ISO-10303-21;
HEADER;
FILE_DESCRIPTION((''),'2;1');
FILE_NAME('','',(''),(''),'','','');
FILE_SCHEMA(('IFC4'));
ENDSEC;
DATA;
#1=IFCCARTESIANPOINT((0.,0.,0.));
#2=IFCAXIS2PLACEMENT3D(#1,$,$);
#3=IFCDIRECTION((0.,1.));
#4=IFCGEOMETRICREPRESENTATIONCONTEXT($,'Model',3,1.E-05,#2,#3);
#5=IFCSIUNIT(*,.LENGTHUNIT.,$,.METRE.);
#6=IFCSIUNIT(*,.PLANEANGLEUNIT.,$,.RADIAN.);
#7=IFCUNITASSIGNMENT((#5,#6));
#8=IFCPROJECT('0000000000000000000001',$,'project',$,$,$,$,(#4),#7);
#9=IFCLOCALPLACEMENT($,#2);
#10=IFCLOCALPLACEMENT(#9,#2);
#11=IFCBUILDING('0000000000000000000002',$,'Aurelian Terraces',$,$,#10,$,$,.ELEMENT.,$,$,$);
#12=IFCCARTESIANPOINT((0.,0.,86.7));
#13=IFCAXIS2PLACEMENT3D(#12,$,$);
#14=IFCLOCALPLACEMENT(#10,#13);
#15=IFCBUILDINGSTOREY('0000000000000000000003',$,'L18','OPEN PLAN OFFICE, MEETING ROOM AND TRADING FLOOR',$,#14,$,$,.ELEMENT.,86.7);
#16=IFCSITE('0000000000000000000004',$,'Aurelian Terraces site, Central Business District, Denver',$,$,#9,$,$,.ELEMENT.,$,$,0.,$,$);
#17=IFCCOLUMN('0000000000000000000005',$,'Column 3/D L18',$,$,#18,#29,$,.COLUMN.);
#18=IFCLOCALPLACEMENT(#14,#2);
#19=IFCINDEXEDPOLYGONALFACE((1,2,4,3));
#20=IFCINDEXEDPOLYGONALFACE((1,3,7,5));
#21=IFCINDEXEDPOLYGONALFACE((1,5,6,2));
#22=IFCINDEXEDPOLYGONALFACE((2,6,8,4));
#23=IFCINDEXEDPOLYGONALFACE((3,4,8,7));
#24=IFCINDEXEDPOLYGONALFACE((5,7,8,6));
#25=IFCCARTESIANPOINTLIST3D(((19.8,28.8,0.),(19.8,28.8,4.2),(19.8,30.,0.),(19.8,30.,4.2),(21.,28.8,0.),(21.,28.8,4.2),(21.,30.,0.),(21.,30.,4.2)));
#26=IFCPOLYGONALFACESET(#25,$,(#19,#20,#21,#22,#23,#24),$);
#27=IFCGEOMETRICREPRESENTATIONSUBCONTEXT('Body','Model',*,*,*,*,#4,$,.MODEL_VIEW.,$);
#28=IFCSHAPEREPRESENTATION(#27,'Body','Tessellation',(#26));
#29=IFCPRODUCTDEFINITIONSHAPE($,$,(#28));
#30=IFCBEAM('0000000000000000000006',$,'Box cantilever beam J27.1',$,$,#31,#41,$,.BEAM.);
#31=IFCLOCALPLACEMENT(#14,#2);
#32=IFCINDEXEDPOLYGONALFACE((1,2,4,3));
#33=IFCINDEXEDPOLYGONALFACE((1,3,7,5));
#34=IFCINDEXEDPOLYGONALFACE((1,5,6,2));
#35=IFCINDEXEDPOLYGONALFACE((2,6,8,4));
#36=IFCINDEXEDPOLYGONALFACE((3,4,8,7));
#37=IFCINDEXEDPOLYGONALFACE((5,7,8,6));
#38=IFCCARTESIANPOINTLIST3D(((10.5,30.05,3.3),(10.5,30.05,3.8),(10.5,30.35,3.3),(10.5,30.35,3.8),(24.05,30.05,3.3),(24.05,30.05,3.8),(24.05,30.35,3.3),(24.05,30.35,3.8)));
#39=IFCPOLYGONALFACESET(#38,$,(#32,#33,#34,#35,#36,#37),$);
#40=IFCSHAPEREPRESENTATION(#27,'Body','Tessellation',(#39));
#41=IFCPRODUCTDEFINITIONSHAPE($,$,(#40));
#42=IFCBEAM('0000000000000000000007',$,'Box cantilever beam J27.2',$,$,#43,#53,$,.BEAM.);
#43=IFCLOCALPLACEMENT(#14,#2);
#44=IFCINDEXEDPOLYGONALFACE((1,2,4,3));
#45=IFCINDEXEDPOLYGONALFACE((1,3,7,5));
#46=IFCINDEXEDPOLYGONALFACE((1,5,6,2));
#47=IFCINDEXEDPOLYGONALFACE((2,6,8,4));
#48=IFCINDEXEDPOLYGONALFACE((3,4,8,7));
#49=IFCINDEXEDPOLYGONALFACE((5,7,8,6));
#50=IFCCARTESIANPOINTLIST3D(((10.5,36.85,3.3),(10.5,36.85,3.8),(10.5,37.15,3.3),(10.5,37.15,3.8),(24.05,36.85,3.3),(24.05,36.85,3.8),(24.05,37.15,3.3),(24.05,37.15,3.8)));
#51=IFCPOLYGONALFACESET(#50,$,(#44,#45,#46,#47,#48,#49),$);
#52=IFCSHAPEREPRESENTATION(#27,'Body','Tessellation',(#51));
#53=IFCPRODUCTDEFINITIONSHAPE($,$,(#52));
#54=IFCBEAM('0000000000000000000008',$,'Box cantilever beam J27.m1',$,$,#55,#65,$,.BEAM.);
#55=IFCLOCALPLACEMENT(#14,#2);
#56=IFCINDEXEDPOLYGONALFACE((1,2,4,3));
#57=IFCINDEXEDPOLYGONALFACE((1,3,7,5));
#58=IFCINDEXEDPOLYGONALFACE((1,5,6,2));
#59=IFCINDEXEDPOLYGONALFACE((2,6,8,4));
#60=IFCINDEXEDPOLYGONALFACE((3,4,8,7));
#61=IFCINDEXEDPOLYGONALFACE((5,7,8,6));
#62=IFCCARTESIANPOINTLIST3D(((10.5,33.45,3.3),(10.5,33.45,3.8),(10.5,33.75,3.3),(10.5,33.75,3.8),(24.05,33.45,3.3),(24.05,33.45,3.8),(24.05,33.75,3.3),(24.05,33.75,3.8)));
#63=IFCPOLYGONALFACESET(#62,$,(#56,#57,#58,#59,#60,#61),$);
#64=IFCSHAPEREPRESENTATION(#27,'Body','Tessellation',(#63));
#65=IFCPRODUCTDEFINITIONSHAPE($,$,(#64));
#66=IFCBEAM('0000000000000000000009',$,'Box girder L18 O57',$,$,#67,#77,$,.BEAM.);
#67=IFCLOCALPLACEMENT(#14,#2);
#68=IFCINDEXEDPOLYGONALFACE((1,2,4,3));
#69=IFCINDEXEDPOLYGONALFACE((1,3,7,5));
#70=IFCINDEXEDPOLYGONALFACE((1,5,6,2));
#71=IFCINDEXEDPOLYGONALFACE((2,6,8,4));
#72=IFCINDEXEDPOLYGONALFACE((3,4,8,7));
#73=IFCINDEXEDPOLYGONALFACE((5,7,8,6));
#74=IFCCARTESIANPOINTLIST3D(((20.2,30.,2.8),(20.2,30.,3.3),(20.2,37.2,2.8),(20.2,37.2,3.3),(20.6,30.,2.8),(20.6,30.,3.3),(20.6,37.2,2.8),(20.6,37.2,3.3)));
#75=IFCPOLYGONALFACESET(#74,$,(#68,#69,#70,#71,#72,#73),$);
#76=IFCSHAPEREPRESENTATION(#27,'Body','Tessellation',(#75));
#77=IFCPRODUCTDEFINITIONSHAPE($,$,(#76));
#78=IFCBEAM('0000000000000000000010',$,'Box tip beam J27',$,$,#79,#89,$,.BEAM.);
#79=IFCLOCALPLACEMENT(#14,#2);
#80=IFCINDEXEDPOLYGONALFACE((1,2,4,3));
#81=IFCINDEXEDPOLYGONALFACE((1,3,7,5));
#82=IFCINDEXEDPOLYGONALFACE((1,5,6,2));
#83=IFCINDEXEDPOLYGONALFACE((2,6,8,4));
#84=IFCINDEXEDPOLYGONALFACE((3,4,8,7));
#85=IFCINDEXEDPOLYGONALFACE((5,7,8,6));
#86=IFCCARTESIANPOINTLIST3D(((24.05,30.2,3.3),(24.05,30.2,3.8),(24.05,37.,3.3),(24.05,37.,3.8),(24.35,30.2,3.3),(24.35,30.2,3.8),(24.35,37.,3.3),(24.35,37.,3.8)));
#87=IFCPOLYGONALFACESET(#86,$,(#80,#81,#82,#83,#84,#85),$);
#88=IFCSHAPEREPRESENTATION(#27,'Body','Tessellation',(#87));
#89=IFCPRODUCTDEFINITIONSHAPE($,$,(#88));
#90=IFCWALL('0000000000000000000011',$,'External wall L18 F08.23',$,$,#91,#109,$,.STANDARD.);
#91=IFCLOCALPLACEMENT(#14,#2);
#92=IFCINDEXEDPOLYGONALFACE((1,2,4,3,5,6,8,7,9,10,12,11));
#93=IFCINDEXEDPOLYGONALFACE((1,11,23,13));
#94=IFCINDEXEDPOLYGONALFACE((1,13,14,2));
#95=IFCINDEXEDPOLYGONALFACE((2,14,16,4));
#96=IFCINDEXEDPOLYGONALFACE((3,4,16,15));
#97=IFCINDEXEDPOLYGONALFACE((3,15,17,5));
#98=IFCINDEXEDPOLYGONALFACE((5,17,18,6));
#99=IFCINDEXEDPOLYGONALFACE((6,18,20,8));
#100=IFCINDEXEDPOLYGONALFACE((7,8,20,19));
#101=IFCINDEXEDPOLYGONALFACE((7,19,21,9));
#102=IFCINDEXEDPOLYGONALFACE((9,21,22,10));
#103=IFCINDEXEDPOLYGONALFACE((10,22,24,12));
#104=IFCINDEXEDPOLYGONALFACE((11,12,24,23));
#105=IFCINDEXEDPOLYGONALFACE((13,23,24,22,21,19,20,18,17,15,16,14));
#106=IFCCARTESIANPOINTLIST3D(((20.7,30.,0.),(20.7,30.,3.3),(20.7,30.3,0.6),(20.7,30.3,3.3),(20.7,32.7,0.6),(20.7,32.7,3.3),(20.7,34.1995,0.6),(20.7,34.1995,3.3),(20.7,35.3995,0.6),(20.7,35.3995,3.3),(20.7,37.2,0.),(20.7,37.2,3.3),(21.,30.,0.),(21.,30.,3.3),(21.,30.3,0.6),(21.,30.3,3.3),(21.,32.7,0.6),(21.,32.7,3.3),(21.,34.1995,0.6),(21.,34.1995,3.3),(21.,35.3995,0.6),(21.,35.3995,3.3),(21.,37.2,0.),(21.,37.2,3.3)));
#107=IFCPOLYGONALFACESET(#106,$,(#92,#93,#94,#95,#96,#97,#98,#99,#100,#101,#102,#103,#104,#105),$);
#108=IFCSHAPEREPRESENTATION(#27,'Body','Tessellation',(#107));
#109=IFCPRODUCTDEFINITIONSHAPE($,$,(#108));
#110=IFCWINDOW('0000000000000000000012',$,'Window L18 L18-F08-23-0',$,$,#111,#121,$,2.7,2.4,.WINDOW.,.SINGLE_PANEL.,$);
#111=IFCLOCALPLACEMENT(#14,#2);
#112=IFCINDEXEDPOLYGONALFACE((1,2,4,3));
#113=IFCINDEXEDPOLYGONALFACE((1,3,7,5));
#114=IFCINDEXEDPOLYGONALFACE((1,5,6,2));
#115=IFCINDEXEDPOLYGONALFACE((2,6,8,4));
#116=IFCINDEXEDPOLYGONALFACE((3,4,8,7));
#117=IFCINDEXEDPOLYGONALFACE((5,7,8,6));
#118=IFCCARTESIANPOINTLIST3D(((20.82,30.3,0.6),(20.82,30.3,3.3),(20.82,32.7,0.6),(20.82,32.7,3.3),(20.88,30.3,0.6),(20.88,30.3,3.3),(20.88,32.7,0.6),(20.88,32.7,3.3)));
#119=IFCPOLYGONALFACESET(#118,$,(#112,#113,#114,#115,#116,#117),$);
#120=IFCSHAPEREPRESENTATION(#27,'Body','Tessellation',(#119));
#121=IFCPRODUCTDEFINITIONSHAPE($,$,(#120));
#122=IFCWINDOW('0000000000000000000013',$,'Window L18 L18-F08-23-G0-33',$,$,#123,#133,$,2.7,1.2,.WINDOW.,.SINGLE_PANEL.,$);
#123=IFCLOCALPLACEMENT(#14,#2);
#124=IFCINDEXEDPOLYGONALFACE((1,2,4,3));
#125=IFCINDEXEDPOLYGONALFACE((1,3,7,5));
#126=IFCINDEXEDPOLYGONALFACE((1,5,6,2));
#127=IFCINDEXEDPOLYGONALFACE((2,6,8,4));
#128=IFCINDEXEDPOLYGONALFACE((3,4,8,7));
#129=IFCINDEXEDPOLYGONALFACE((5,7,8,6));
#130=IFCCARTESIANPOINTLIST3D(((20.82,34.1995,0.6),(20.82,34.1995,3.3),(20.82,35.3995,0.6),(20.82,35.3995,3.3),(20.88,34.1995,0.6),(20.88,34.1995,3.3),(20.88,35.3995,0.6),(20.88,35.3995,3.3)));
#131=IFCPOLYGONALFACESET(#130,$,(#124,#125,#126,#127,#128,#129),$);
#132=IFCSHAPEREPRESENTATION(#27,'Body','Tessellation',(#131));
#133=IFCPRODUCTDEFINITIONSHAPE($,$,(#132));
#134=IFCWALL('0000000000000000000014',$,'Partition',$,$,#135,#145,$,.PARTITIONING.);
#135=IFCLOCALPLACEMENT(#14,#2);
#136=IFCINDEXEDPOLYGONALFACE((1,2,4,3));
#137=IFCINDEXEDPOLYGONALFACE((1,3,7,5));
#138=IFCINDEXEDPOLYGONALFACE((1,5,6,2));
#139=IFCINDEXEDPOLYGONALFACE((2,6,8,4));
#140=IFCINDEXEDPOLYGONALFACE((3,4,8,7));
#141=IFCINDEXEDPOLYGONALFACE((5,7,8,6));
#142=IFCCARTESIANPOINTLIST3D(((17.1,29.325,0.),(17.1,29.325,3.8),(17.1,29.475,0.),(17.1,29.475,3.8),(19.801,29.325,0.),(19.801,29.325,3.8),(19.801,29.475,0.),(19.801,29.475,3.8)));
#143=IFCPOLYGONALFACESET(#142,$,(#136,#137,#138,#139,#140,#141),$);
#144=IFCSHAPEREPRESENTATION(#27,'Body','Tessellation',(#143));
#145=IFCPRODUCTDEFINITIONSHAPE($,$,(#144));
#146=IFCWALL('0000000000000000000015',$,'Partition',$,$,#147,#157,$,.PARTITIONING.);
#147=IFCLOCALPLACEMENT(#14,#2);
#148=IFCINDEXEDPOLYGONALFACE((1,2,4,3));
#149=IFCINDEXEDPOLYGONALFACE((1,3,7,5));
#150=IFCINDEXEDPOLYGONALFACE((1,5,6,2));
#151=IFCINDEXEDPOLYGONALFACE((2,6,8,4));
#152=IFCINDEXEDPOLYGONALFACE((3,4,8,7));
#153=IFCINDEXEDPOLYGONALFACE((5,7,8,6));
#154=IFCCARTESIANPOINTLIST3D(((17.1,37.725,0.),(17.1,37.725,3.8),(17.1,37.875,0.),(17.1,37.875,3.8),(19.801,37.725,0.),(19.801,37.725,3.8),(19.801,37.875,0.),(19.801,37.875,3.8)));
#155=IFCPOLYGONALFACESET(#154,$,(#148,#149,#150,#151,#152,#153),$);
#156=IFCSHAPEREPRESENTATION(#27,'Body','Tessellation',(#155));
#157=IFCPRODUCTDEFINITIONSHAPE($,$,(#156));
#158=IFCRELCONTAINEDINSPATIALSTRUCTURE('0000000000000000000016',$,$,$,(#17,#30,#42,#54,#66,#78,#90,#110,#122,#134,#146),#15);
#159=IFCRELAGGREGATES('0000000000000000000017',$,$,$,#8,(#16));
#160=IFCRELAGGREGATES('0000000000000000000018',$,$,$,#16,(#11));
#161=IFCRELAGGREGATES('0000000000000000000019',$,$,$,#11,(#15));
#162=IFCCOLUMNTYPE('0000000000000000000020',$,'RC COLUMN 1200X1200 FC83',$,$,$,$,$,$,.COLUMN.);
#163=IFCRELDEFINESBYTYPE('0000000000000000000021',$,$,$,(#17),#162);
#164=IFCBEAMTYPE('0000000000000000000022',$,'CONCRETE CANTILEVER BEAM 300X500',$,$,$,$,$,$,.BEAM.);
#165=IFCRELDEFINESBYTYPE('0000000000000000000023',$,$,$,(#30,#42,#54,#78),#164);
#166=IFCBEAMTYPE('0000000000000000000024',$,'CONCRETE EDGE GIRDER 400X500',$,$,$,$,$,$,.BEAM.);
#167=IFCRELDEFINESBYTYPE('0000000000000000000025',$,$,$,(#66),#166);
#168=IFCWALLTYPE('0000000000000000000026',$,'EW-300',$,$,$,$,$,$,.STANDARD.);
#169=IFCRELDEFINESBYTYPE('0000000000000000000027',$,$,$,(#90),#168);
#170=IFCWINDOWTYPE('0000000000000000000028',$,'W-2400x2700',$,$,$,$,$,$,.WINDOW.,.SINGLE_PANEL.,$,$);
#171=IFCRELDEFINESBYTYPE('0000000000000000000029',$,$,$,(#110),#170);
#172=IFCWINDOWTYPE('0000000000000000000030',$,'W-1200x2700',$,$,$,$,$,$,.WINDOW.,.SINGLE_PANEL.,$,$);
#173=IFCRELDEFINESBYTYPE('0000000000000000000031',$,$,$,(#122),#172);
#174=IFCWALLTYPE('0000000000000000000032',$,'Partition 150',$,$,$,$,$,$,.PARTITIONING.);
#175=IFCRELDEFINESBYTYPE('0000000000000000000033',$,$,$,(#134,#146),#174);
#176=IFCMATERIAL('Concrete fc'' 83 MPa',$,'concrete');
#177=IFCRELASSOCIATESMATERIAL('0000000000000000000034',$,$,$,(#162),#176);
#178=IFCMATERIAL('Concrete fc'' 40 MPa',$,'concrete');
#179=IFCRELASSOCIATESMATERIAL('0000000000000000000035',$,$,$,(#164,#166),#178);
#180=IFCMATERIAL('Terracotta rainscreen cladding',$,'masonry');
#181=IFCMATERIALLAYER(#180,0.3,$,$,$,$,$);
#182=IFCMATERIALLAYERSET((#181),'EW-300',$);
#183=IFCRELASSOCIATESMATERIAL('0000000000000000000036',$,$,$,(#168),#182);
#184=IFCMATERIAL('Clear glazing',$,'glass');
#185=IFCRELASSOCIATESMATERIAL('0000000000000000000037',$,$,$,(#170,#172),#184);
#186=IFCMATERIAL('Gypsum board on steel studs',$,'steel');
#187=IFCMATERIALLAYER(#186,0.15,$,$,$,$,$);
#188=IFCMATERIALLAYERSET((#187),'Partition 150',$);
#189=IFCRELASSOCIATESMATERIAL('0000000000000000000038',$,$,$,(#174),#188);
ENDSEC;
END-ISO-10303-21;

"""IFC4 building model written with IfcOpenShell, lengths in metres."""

from ifc_helpers import new_model, si_unit, direction, frame, frame_2d, origin, origin_2d, place, context, subcontext, project, spatial, rectangle, extrude, source, transform, mapped, material, layer, layer_set, material_profile, profile_set, type_object, element, fill, save


model = new_model("IFC4")

# Units and contexts
model_context = context("Model", 3, precision=1e-05, world=origin(), true_north=direction((0.0, 1.0)))
body_context = subcontext(model_context, "Body", "Model", "MODEL_VIEW")
ifc_project = project(units=[si_unit("LENGTHUNIT", "METRE"), si_unit("PLANEANGLEUNIT", "RADIAN")], contexts=[model_context])

# Site, building, storey
site_placement = place(None, origin())
site = spatial("IfcSite", under=ifc_project, at=site_placement, Name="Aurelian Terraces site, Central Business District, Denver", CompositionType="ELEMENT", RefElevation=0.0)
building_placement = place(site_placement, origin())
building = spatial("IfcBuilding", under=site, at=building_placement, Name="Aurelian Terraces", CompositionType="ELEMENT")
storey_placement = place(building_placement, frame((0.0, 0.0, 86.7)))
storey = spatial("IfcBuildingStorey", under=building, at=storey_placement, Name="L18", Description="OPEN PLAN OFFICE, MEETING ROOM AND TRADING FLOOR", CompositionType="ELEMENT", Elevation=86.7)

# Column
ifc_material_1 = material(Name="Concrete fc' 83 MPa", Category="concrete")
ifc_material_profile_1 = material_profile(ifc_material_1, rectangle(XDim=1.2, YDim=1.2, at=origin_2d()))
ifc_profile_set_1 = profile_set([ifc_material_profile_1], Name="Concrete fc' 83 MPa")
column_type = type_object("IfcColumnType", Name="RC COLUMN 1200X1200 FC83", PredefinedType="COLUMN", material=ifc_profile_set_1)
shared_shape_1 = source(origin(), body_context, "Body", "SweptSolid", [
    extrude(rectangle(XDim=1.2, YDim=1.2, at=origin_2d()), origin(), (0.0, 0.0, 1.0), 4.2),
])
column_placement = place(storey_placement, frame((20.4, 29.4, 0.0), z_axis=(0.0, 0.0, 1.0), x_axis=(1.0, 0.0, 0.0)))
element("IfcColumn", 1, at=column_placement, inside=storey, type_object=column_type, Name="Column 3/D L18", PredefinedType="COLUMN", context=body_context, shape_type="MappedRepresentation", body=[
    mapped(shared_shape_1, transform((0.0, 0.0, 0.0), scale=1.0)),
])

# Beams
ifc_material_2 = material(Name="Concrete fc' 40 MPa", Category="concrete")
ifc_material_profile_2 = material_profile(ifc_material_2, rectangle(XDim=0.3, YDim=0.5, at=origin_2d()))
ifc_profile_set_2 = profile_set([ifc_material_profile_2], Name="Concrete fc' 40 MPa")
beam_type_1 = type_object("IfcBeamType", Name="CONCRETE CANTILEVER BEAM 300X500", PredefinedType="BEAM", material=ifc_profile_set_2)
shared_shape_2 = source(origin(), body_context, "Body", "SweptSolid", [
    extrude(rectangle(XDim=0.3, YDim=0.5, at=origin_2d()), origin(), (0.0, 0.0, 1.0), 13.55),
])
for number, where, z_axis, x_axis, name in (
    (2, (24.05, 30.2, 3.55), (-1.0, 0.0, 0.0), (0.0, -1.0, 0.0), "Box cantilever beam J27.1"),
    (3, (24.05, 37.0, 3.55), (-1.0, 0.0, 0.0), (0.0, -1.0, 0.0), "Box cantilever beam J27.2"),
    (4, (24.05, 33.6, 3.55), (-1.0, 0.0, 0.0), (0.0, -1.0, 0.0), "Box cantilever beam J27.m1"),
):
    element("IfcBeam", number, at=place(storey_placement, frame(where, z_axis=z_axis, x_axis=x_axis)), inside=storey, type_object=beam_type_1, Name=name, PredefinedType="BEAM", context=body_context, shape_type="MappedRepresentation", body=[
        mapped(shared_shape_2, transform((0.0, 0.0, 0.0), scale=1.0)),
    ])
ifc_material_profile_3 = material_profile(ifc_material_2, rectangle(XDim=0.4, YDim=0.5, at=origin_2d()))
ifc_profile_set_3 = profile_set([ifc_material_profile_3], Name="Concrete fc' 40 MPa")
beam_type_2 = type_object("IfcBeamType", Name="CONCRETE EDGE GIRDER 400X500", PredefinedType="BEAM", material=ifc_profile_set_3)
shared_shape_3 = source(origin(), body_context, "Body", "SweptSolid", [
    extrude(rectangle(XDim=0.4, YDim=0.5, at=origin_2d()), origin(), (0.0, 0.0, 1.0), 7.2),
])
beam_1_placement = place(storey_placement, frame((20.4, 30.0, 3.05), z_axis=(0.0, 1.0, 0.0), x_axis=(-1.0, 0.0, 0.0)))
element("IfcBeam", 5, at=beam_1_placement, inside=storey, type_object=beam_type_2, Name="Box girder L18 O57", PredefinedType="BEAM", context=body_context, shape_type="MappedRepresentation", body=[
    mapped(shared_shape_3, transform((0.0, 0.0, 0.0), scale=1.0)),
])
shared_shape_4 = source(origin(), body_context, "Body", "SweptSolid", [
    extrude(rectangle(XDim=0.3, YDim=0.5, at=origin_2d()), origin(), (0.0, 0.0, 1.0), 6.8),
])
beam_2_placement = place(storey_placement, frame((24.2, 30.2, 3.55), z_axis=(0.0, 1.0, 0.0), x_axis=(-1.0, 0.0, 0.0)))
element("IfcBeam", 6, at=beam_2_placement, inside=storey, type_object=beam_type_1, Name="Box tip beam J27", PredefinedType="BEAM", context=body_context, shape_type="MappedRepresentation", body=[
    mapped(shared_shape_4, transform((0.0, 0.0, 0.0), scale=1.0)),
])

# Wall, openings, windows
ifc_material_3 = material(Name="Terracotta rainscreen cladding", Category="masonry")
ifc_layer_1 = layer(ifc_material_3, 0.3)
ifc_layer_set_1 = layer_set([ifc_layer_1], Name="EW-300")
wall_type_1 = type_object("IfcWallType", Name="EW-300", PredefinedType="STANDARD", material=ifc_layer_set_1)
shared_shape_5 = source(origin(), body_context, "Body", "SweptSolid", [
    extrude(rectangle(XDim=7.2, YDim=0.3, at=frame_2d((3.6, 0.0))), origin(), (0.0, 0.0, 1.0), 3.3),
])
wall_placement = place(storey_placement, frame((20.85, 30.0, 0.0), z_axis=(0.0, 0.0, 1.0), x_axis=(0.0, 1.0, 0.0)))
wall = element("IfcWall", 7, at=wall_placement, inside=storey, type_object=wall_type_1, Name="External wall L18 F08.23", PredefinedType="STANDARD", context=body_context, shape_type="MappedRepresentation", body=[
    mapped(shared_shape_5, transform((0.0, 0.0, 0.0), scale=1.0)),
])
shared_shape_6 = source(origin(), body_context, "Body", "SweptSolid", [
    extrude(rectangle(XDim=2.4, YDim=2.7, at=frame_2d((1.2, 1.35))), frame((0.0, 0.16, 0.0), z_axis=(0.0, -1.0, 0.0), x_axis=(1.0, 0.0, 0.0)), (0.0, 0.0, 1.0), 0.32),
])
opening_1_placement = place(wall_placement, frame((0.3, 0.0, 0.6)))
opening_1 = element("IfcOpeningElement", 8, at=opening_1_placement, cuts=wall, PredefinedType="OPENING", context=body_context, shape_type="MappedRepresentation", body=[
    mapped(shared_shape_6, transform((0.0, 0.0, 0.0), scale=1.0)),
])
shared_shape_7 = source(origin(), body_context, "Body", "SweptSolid", [
    extrude(rectangle(XDim=1.2, YDim=2.7, at=frame_2d((0.6, 1.35))), frame((0.0, 0.16, 0.0), z_axis=(0.0, -1.0, 0.0), x_axis=(1.0, 0.0, 0.0)), (0.0, 0.0, 1.0), 0.32),
])
opening_2_placement = place(wall_placement, frame((4.1995, 0.0, 0.6)))
opening_2 = element("IfcOpeningElement", 9, at=opening_2_placement, cuts=wall, PredefinedType="OPENING", context=body_context, shape_type="MappedRepresentation", body=[
    mapped(shared_shape_7, transform((0.0, 0.0, 0.0), scale=1.0)),
])
ifc_material_4 = material(Name="Clear glazing", Category="glass")
window_type_1 = type_object("IfcWindowType", Name="W-2400x2700", PartitioningType="SINGLE_PANEL", PredefinedType="WINDOW", material=ifc_material_4)
shared_shape_8 = source(origin(), body_context, "Body", "SweptSolid", [
    extrude(rectangle(XDim=2.4, YDim=2.7, at=frame_2d((1.2, 1.35))), frame((0.0, 0.03, 0.0), z_axis=(0.0, -1.0, 0.0), x_axis=(1.0, 0.0, 0.0)), (0.0, 0.0, 1.0), 0.06),
])
window_1_placement = place(opening_1_placement, origin())
window_1 = element("IfcWindow", 10, at=window_1_placement, inside=storey, type_object=window_type_1, Name="Window L18 L18-F08-23-0", OverallHeight=2.7, OverallWidth=2.4, PartitioningType="SINGLE_PANEL", PredefinedType="WINDOW", context=body_context, shape_type="MappedRepresentation", body=[
    mapped(shared_shape_8, transform((0.0, 0.0, 0.0), scale=1.0)),
])
fill(opening_1, window_1)
window_type_2 = type_object("IfcWindowType", Name="W-1200x2700", PartitioningType="SINGLE_PANEL", PredefinedType="WINDOW", material=ifc_material_4)
shared_shape_9 = source(origin(), body_context, "Body", "SweptSolid", [
    extrude(rectangle(XDim=1.2, YDim=2.7, at=frame_2d((0.6, 1.35))), frame((0.0, 0.03, 0.0), z_axis=(0.0, -1.0, 0.0), x_axis=(1.0, 0.0, 0.0)), (0.0, 0.0, 1.0), 0.06),
])
window_2_placement = place(opening_2_placement, origin())
window_2 = element("IfcWindow", 11, at=window_2_placement, inside=storey, type_object=window_type_2, Name="Window L18 L18-F08-23-G0-33", OverallHeight=2.7, OverallWidth=1.2, PartitioningType="SINGLE_PANEL", PredefinedType="WINDOW", context=body_context, shape_type="MappedRepresentation", body=[
    mapped(shared_shape_9, transform((0.0, 0.0, 0.0), scale=1.0)),
])
fill(opening_2, window_2)

# Walls
ifc_material_5 = material(Name="Gypsum board on steel studs", Category="steel")
ifc_layer_2 = layer(ifc_material_5, 0.15)
ifc_layer_set_2 = layer_set([ifc_layer_2], Name="Partition 150")
wall_type_2 = type_object("IfcWallType", Name="Partition 150", PredefinedType="PARTITIONING", material=ifc_layer_set_2)
shared_shape_10 = source(origin(), body_context, "Body", "SweptSolid", [
    extrude(rectangle(XDim=2.701, YDim=0.15, at=frame_2d((1.3505, 0.0))), origin(), (0.0, 0.0, 1.0), 3.8),
])
for number, where, z_axis, x_axis, name in (
    (12, (19.801, 29.4, 0.0), (0.0, 0.0, 1.0), (-1.0, 0.0, 0.0), "Partition"),
    (13, (19.801, 37.8, 0.0), (0.0, 0.0, 1.0), (-1.0, 0.0, 0.0), "Partition"),
):
    element("IfcWall", number, at=place(storey_placement, frame(where, z_axis=z_axis, x_axis=x_axis)), inside=storey, type_object=wall_type_2, Name=name, PredefinedType="PARTITIONING", context=body_context, shape_type="MappedRepresentation", body=[
        mapped(shared_shape_10, transform((0.0, 0.0, 0.0), scale=1.0)),
    ])

save(model, "model.ifc")
